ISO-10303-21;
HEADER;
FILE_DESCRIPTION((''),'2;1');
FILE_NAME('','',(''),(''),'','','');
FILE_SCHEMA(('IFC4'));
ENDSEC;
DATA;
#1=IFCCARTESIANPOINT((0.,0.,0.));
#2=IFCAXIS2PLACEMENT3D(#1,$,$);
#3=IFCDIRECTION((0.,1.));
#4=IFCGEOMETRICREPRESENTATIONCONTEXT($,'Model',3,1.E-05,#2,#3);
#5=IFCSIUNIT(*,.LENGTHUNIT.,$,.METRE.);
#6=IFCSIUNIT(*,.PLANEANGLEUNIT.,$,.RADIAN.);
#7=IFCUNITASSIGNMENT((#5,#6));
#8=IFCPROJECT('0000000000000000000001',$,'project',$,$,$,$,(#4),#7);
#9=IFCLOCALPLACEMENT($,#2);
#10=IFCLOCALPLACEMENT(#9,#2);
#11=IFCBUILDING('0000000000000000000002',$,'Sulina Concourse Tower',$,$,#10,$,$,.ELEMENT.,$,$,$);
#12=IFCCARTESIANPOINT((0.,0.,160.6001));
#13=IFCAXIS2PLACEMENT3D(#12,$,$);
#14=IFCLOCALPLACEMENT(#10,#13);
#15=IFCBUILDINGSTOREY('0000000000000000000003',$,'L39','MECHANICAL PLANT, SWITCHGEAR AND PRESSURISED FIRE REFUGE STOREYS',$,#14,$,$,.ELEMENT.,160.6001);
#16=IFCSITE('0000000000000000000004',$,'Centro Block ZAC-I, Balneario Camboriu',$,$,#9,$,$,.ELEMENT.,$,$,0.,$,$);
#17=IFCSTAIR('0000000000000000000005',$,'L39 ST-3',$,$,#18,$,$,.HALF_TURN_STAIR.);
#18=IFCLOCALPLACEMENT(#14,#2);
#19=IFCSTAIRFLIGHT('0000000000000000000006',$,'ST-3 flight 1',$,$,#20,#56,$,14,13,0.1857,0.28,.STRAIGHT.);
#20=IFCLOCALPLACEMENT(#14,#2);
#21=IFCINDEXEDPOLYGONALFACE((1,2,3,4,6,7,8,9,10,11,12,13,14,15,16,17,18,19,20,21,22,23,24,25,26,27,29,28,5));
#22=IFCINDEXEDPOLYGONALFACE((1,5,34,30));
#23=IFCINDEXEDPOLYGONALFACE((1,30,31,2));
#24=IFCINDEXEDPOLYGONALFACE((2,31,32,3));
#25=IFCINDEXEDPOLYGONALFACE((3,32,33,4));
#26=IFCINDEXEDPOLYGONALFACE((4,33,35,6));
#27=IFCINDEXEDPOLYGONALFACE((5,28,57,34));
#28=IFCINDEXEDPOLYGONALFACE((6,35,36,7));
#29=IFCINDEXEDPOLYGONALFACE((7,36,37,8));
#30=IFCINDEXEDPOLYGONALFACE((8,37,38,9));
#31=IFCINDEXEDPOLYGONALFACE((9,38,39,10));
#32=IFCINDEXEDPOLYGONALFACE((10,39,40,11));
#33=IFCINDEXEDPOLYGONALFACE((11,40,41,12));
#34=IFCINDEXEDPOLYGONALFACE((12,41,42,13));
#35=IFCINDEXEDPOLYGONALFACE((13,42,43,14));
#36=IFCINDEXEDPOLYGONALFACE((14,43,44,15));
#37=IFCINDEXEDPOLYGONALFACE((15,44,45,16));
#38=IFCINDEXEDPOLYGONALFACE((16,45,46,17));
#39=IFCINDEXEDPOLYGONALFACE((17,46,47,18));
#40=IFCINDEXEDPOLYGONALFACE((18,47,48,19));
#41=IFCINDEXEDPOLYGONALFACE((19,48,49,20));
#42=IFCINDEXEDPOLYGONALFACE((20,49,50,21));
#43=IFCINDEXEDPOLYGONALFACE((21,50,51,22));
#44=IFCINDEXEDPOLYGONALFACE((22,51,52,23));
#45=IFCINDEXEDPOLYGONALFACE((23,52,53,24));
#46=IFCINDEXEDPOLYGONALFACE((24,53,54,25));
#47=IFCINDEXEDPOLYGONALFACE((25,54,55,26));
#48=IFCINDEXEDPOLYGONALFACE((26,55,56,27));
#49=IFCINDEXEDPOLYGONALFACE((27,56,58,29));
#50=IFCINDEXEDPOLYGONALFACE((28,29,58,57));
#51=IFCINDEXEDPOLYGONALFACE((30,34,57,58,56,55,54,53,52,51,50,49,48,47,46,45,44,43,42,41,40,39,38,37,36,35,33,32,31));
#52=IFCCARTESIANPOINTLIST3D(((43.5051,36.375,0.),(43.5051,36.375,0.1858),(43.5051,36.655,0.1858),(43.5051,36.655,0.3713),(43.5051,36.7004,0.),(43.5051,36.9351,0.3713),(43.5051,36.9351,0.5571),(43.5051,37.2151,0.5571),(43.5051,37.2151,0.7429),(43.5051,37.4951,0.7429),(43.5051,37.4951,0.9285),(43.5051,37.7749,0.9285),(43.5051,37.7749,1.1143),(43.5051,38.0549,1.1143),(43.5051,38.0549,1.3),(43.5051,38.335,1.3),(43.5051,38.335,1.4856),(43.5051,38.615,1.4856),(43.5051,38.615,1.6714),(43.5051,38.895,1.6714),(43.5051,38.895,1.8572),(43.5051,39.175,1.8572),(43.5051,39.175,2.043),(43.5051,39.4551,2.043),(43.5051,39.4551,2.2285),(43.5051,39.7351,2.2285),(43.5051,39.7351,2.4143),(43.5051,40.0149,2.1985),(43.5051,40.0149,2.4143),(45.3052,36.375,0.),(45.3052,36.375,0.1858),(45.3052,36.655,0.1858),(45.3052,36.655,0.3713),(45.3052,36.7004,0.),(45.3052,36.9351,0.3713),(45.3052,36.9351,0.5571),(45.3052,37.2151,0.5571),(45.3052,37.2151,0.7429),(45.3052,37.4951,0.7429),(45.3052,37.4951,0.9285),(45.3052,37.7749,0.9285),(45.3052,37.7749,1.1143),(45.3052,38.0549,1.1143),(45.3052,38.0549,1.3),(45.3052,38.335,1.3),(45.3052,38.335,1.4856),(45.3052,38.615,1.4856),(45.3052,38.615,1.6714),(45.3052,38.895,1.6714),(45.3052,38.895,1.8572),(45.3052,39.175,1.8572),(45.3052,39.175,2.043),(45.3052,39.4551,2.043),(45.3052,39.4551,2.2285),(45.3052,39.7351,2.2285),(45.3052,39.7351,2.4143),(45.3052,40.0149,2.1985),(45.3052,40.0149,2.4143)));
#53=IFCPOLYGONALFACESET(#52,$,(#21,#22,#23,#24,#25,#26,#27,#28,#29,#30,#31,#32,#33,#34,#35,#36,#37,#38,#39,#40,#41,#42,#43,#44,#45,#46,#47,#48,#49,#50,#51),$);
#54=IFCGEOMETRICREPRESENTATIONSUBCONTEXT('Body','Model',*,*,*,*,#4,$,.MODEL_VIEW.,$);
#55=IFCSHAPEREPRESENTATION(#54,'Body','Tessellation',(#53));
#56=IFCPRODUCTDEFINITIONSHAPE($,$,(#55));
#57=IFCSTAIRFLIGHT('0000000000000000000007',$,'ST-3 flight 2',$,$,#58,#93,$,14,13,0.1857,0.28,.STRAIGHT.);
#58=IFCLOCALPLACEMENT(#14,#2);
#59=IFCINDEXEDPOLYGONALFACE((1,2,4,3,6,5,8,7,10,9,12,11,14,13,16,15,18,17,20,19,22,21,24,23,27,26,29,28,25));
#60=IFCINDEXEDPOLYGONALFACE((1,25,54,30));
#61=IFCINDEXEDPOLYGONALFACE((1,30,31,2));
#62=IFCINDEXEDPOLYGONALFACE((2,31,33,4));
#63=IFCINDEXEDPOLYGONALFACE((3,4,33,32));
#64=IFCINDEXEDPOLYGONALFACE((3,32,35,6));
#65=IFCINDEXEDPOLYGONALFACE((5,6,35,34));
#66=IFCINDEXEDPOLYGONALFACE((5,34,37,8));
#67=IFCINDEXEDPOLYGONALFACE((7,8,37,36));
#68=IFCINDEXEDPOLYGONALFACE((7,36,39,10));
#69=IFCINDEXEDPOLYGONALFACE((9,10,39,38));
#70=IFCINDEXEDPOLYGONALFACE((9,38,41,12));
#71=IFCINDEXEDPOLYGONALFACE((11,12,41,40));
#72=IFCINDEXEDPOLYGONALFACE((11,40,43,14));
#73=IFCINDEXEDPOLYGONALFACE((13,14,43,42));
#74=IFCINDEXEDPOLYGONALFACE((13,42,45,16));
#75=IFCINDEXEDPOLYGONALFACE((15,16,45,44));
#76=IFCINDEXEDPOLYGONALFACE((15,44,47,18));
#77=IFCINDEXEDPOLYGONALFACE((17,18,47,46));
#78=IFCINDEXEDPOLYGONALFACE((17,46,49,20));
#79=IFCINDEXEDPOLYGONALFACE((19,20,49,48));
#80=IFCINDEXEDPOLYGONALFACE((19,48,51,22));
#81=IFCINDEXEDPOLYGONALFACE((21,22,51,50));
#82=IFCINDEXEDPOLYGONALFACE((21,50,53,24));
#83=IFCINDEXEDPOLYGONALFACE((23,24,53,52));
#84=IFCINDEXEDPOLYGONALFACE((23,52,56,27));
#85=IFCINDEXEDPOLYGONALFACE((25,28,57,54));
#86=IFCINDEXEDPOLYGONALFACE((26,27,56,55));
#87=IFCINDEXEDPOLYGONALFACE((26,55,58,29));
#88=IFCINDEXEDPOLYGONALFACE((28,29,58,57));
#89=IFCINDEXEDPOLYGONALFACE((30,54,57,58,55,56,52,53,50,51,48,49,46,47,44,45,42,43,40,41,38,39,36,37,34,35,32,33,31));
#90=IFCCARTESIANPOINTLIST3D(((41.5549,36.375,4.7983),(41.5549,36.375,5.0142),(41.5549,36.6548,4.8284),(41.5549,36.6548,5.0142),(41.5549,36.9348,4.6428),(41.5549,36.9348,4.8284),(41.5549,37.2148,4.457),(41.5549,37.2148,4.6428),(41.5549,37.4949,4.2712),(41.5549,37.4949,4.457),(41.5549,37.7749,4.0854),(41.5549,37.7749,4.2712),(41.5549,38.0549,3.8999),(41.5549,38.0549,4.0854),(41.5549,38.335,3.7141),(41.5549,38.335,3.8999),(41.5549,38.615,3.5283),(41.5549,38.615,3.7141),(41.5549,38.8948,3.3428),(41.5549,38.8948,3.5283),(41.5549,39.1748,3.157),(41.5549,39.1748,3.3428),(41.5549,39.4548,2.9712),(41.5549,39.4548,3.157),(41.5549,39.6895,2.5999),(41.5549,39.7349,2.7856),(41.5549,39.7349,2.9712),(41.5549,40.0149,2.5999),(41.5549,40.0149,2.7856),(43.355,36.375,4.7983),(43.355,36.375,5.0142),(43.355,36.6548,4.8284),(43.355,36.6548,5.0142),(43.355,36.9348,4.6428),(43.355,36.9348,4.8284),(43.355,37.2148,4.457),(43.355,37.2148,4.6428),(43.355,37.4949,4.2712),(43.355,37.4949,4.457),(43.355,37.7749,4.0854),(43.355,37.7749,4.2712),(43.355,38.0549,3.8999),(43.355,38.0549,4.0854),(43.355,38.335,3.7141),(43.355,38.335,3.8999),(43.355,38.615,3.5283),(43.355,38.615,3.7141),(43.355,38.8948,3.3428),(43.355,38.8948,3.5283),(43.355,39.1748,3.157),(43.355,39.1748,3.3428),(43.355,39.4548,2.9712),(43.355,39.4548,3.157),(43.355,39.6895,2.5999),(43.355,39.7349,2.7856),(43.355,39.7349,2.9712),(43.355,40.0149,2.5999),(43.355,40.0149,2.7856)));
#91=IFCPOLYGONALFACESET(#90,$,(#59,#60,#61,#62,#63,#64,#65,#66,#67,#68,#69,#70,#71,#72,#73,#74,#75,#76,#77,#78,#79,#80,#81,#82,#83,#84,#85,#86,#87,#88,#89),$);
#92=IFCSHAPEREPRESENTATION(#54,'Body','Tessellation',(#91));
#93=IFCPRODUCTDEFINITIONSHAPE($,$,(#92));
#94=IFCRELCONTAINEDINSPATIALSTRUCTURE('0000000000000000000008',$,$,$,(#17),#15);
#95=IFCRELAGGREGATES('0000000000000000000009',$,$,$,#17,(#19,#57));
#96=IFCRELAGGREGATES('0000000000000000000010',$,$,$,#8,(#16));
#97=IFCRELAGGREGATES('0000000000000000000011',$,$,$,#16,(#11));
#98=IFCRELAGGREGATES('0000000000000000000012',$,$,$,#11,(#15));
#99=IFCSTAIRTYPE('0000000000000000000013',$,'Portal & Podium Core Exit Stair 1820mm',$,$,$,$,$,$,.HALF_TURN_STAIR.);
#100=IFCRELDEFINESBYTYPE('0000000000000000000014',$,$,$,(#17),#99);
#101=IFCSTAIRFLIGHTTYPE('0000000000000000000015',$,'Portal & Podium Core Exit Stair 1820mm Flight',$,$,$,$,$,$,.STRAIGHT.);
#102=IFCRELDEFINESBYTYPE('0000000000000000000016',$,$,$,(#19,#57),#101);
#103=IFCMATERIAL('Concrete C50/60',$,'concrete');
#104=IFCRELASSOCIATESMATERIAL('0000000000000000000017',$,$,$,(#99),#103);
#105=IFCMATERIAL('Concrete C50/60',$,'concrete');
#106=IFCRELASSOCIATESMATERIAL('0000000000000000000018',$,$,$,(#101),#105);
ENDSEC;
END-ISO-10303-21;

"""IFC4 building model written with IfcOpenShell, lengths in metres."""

from ifc_helpers import new_model, si_unit, direction, frame, origin, place, context, subcontext, project, spatial, polyline, outline, extrude, material, type_object, element, aggregate, save


model = new_model("IFC4")

# Units and contexts
model_context = context("Model", 3, precision=1e-05, world=origin(), true_north=direction((0.0, 1.0)))
body_context = subcontext(model_context, "Body", "Model", "MODEL_VIEW")
ifc_project = project(units=[si_unit("LENGTHUNIT", "METRE"), si_unit("PLANEANGLEUNIT", "RADIAN")], contexts=[model_context])

# Site, building, storey
site_placement = place(None, origin())
site = spatial("IfcSite", under=ifc_project, at=site_placement, Name="Centro Block ZAC-I, Balneario Camboriu", CompositionType="ELEMENT", RefElevation=0.0)
building_placement = place(site_placement, origin())
building = spatial("IfcBuilding", under=site, at=building_placement, Name="Sulina Concourse Tower", CompositionType="ELEMENT")
storey_placement = place(building_placement, frame((0.0, 0.0, 160.6001)))
storey = spatial("IfcBuildingStorey", under=building, at=storey_placement, Name="L39", Description="MECHANICAL PLANT, SWITCHGEAR AND PRESSURISED FIRE REFUGE STOREYS", CompositionType="ELEMENT", Elevation=160.6001)

# Stair, stair flights
ifc_material_1 = material(Name="Concrete C50/60", Category="concrete")
stair_type = type_object("IfcStairType", Name="Portal & Podium Core Exit Stair 1820mm", PredefinedType="HALF_TURN_STAIR", material=ifc_material_1)
stair_placement = place(storey_placement, origin())
stair = element("IfcStair", 1, at=stair_placement, inside=storey, type_object=stair_type, Name="L39 ST-3", PredefinedType="HALF_TURN_STAIR")
ifc_material_2 = material(Name="Concrete C50/60", Category="concrete")
stair_flight_type = type_object("IfcStairFlightType", Name="Portal & Podium Core Exit Stair 1820mm Flight", PredefinedType="STRAIGHT", material=ifc_material_2)
stair_flight_1_placement = place(storey_placement, frame((44.405, 36.375, 0.0), z_axis=(0.0, 0.0, 1.0), x_axis=(0.0, 1.0, 0.0)))
stair_flight_1 = element("IfcStairFlight", 2, at=stair_flight_1_placement, type_object=stair_flight_type, Name="ST-3 flight 1", NumberOfRisers=14, NumberOfTreads=13, PredefinedType="STRAIGHT", RiserHeight=0.1857, TreadLength=0.28, context=body_context, shape_type="SweptSolid", body=[
    extrude(outline(polyline([(0.0, 0.0), (0.0, 0.1858), (0.28, 0.1858), (0.28, 0.3713), (0.5601, 0.3713), (0.5601, 0.5571), (0.8401, 0.5571), (0.8401, 0.7429), (1.1201, 0.7429), (1.1201, 0.9285), (1.3999, 0.9285), (1.3999, 1.1143), (1.6799, 1.1143), (1.6799, 1.3), (1.96, 1.3), (1.96, 1.4856), (2.24, 1.4856), (2.24, 1.6714), (2.52, 1.6714), (2.52, 1.8572), (2.8, 1.8572), (2.8, 2.043), (3.0801, 2.043), (3.0801, 2.2285), (3.3601, 2.2285), (3.3601, 2.4143), (3.6399, 2.4143), (3.6399, 2.6001), (3.6399, 2.1985), (0.3254, 0.0), (0.0, 0.0)])), frame((0.0, 0.8999, 0.0), z_axis=(0.0, -1.0, 0.0), x_axis=(1.0, 0.0, 0.0)), (0.0, 0.0, 1.0), 1.8),
])
stair_flight_2_placement = place(storey_placement, frame((42.4551, 40.0149, 2.5999), z_axis=(0.0, 0.0, 1.0), x_axis=(0.0, -1.0, 0.0)))
stair_flight_2 = element("IfcStairFlight", 3, at=stair_flight_2_placement, type_object=stair_flight_type, Name="ST-3 flight 2", NumberOfRisers=14, NumberOfTreads=13, PredefinedType="STRAIGHT", RiserHeight=0.1857, TreadLength=0.28, context=body_context, shape_type="SweptSolid", body=[
    extrude(outline(polyline([(0.0, 0.0), (0.0, 0.1858), (0.28, 0.1858), (0.28, 0.3713), (0.5601, 0.3713), (0.5601, 0.5571), (0.8401, 0.5571), (0.8401, 0.7429), (1.1201, 0.7429), (1.1201, 0.9285), (1.3999, 0.9285), (1.3999, 1.1143), (1.6799, 1.1143), (1.6799, 1.3), (1.96, 1.3), (1.96, 1.4856), (2.24, 1.4856), (2.24, 1.6714), (2.52, 1.6714), (2.52, 1.8572), (2.8, 1.8572), (2.8, 2.043), (3.0801, 2.043), (3.0801, 2.2285), (3.3601, 2.2285), (3.3601, 2.4143), (3.6399, 2.4143), (3.6399, 2.6001), (3.6399, 2.1985), (0.3254, 0.0), (0.0, 0.0)])), frame((0.0, 0.8999, 0.0), z_axis=(0.0, -1.0, 0.0), x_axis=(1.0, 0.0, 0.0)), (0.0, 0.0, 1.0), 1.8),
])
aggregate(stair, [stair_flight_1, stair_flight_2])

save(model, "model.ifc")
